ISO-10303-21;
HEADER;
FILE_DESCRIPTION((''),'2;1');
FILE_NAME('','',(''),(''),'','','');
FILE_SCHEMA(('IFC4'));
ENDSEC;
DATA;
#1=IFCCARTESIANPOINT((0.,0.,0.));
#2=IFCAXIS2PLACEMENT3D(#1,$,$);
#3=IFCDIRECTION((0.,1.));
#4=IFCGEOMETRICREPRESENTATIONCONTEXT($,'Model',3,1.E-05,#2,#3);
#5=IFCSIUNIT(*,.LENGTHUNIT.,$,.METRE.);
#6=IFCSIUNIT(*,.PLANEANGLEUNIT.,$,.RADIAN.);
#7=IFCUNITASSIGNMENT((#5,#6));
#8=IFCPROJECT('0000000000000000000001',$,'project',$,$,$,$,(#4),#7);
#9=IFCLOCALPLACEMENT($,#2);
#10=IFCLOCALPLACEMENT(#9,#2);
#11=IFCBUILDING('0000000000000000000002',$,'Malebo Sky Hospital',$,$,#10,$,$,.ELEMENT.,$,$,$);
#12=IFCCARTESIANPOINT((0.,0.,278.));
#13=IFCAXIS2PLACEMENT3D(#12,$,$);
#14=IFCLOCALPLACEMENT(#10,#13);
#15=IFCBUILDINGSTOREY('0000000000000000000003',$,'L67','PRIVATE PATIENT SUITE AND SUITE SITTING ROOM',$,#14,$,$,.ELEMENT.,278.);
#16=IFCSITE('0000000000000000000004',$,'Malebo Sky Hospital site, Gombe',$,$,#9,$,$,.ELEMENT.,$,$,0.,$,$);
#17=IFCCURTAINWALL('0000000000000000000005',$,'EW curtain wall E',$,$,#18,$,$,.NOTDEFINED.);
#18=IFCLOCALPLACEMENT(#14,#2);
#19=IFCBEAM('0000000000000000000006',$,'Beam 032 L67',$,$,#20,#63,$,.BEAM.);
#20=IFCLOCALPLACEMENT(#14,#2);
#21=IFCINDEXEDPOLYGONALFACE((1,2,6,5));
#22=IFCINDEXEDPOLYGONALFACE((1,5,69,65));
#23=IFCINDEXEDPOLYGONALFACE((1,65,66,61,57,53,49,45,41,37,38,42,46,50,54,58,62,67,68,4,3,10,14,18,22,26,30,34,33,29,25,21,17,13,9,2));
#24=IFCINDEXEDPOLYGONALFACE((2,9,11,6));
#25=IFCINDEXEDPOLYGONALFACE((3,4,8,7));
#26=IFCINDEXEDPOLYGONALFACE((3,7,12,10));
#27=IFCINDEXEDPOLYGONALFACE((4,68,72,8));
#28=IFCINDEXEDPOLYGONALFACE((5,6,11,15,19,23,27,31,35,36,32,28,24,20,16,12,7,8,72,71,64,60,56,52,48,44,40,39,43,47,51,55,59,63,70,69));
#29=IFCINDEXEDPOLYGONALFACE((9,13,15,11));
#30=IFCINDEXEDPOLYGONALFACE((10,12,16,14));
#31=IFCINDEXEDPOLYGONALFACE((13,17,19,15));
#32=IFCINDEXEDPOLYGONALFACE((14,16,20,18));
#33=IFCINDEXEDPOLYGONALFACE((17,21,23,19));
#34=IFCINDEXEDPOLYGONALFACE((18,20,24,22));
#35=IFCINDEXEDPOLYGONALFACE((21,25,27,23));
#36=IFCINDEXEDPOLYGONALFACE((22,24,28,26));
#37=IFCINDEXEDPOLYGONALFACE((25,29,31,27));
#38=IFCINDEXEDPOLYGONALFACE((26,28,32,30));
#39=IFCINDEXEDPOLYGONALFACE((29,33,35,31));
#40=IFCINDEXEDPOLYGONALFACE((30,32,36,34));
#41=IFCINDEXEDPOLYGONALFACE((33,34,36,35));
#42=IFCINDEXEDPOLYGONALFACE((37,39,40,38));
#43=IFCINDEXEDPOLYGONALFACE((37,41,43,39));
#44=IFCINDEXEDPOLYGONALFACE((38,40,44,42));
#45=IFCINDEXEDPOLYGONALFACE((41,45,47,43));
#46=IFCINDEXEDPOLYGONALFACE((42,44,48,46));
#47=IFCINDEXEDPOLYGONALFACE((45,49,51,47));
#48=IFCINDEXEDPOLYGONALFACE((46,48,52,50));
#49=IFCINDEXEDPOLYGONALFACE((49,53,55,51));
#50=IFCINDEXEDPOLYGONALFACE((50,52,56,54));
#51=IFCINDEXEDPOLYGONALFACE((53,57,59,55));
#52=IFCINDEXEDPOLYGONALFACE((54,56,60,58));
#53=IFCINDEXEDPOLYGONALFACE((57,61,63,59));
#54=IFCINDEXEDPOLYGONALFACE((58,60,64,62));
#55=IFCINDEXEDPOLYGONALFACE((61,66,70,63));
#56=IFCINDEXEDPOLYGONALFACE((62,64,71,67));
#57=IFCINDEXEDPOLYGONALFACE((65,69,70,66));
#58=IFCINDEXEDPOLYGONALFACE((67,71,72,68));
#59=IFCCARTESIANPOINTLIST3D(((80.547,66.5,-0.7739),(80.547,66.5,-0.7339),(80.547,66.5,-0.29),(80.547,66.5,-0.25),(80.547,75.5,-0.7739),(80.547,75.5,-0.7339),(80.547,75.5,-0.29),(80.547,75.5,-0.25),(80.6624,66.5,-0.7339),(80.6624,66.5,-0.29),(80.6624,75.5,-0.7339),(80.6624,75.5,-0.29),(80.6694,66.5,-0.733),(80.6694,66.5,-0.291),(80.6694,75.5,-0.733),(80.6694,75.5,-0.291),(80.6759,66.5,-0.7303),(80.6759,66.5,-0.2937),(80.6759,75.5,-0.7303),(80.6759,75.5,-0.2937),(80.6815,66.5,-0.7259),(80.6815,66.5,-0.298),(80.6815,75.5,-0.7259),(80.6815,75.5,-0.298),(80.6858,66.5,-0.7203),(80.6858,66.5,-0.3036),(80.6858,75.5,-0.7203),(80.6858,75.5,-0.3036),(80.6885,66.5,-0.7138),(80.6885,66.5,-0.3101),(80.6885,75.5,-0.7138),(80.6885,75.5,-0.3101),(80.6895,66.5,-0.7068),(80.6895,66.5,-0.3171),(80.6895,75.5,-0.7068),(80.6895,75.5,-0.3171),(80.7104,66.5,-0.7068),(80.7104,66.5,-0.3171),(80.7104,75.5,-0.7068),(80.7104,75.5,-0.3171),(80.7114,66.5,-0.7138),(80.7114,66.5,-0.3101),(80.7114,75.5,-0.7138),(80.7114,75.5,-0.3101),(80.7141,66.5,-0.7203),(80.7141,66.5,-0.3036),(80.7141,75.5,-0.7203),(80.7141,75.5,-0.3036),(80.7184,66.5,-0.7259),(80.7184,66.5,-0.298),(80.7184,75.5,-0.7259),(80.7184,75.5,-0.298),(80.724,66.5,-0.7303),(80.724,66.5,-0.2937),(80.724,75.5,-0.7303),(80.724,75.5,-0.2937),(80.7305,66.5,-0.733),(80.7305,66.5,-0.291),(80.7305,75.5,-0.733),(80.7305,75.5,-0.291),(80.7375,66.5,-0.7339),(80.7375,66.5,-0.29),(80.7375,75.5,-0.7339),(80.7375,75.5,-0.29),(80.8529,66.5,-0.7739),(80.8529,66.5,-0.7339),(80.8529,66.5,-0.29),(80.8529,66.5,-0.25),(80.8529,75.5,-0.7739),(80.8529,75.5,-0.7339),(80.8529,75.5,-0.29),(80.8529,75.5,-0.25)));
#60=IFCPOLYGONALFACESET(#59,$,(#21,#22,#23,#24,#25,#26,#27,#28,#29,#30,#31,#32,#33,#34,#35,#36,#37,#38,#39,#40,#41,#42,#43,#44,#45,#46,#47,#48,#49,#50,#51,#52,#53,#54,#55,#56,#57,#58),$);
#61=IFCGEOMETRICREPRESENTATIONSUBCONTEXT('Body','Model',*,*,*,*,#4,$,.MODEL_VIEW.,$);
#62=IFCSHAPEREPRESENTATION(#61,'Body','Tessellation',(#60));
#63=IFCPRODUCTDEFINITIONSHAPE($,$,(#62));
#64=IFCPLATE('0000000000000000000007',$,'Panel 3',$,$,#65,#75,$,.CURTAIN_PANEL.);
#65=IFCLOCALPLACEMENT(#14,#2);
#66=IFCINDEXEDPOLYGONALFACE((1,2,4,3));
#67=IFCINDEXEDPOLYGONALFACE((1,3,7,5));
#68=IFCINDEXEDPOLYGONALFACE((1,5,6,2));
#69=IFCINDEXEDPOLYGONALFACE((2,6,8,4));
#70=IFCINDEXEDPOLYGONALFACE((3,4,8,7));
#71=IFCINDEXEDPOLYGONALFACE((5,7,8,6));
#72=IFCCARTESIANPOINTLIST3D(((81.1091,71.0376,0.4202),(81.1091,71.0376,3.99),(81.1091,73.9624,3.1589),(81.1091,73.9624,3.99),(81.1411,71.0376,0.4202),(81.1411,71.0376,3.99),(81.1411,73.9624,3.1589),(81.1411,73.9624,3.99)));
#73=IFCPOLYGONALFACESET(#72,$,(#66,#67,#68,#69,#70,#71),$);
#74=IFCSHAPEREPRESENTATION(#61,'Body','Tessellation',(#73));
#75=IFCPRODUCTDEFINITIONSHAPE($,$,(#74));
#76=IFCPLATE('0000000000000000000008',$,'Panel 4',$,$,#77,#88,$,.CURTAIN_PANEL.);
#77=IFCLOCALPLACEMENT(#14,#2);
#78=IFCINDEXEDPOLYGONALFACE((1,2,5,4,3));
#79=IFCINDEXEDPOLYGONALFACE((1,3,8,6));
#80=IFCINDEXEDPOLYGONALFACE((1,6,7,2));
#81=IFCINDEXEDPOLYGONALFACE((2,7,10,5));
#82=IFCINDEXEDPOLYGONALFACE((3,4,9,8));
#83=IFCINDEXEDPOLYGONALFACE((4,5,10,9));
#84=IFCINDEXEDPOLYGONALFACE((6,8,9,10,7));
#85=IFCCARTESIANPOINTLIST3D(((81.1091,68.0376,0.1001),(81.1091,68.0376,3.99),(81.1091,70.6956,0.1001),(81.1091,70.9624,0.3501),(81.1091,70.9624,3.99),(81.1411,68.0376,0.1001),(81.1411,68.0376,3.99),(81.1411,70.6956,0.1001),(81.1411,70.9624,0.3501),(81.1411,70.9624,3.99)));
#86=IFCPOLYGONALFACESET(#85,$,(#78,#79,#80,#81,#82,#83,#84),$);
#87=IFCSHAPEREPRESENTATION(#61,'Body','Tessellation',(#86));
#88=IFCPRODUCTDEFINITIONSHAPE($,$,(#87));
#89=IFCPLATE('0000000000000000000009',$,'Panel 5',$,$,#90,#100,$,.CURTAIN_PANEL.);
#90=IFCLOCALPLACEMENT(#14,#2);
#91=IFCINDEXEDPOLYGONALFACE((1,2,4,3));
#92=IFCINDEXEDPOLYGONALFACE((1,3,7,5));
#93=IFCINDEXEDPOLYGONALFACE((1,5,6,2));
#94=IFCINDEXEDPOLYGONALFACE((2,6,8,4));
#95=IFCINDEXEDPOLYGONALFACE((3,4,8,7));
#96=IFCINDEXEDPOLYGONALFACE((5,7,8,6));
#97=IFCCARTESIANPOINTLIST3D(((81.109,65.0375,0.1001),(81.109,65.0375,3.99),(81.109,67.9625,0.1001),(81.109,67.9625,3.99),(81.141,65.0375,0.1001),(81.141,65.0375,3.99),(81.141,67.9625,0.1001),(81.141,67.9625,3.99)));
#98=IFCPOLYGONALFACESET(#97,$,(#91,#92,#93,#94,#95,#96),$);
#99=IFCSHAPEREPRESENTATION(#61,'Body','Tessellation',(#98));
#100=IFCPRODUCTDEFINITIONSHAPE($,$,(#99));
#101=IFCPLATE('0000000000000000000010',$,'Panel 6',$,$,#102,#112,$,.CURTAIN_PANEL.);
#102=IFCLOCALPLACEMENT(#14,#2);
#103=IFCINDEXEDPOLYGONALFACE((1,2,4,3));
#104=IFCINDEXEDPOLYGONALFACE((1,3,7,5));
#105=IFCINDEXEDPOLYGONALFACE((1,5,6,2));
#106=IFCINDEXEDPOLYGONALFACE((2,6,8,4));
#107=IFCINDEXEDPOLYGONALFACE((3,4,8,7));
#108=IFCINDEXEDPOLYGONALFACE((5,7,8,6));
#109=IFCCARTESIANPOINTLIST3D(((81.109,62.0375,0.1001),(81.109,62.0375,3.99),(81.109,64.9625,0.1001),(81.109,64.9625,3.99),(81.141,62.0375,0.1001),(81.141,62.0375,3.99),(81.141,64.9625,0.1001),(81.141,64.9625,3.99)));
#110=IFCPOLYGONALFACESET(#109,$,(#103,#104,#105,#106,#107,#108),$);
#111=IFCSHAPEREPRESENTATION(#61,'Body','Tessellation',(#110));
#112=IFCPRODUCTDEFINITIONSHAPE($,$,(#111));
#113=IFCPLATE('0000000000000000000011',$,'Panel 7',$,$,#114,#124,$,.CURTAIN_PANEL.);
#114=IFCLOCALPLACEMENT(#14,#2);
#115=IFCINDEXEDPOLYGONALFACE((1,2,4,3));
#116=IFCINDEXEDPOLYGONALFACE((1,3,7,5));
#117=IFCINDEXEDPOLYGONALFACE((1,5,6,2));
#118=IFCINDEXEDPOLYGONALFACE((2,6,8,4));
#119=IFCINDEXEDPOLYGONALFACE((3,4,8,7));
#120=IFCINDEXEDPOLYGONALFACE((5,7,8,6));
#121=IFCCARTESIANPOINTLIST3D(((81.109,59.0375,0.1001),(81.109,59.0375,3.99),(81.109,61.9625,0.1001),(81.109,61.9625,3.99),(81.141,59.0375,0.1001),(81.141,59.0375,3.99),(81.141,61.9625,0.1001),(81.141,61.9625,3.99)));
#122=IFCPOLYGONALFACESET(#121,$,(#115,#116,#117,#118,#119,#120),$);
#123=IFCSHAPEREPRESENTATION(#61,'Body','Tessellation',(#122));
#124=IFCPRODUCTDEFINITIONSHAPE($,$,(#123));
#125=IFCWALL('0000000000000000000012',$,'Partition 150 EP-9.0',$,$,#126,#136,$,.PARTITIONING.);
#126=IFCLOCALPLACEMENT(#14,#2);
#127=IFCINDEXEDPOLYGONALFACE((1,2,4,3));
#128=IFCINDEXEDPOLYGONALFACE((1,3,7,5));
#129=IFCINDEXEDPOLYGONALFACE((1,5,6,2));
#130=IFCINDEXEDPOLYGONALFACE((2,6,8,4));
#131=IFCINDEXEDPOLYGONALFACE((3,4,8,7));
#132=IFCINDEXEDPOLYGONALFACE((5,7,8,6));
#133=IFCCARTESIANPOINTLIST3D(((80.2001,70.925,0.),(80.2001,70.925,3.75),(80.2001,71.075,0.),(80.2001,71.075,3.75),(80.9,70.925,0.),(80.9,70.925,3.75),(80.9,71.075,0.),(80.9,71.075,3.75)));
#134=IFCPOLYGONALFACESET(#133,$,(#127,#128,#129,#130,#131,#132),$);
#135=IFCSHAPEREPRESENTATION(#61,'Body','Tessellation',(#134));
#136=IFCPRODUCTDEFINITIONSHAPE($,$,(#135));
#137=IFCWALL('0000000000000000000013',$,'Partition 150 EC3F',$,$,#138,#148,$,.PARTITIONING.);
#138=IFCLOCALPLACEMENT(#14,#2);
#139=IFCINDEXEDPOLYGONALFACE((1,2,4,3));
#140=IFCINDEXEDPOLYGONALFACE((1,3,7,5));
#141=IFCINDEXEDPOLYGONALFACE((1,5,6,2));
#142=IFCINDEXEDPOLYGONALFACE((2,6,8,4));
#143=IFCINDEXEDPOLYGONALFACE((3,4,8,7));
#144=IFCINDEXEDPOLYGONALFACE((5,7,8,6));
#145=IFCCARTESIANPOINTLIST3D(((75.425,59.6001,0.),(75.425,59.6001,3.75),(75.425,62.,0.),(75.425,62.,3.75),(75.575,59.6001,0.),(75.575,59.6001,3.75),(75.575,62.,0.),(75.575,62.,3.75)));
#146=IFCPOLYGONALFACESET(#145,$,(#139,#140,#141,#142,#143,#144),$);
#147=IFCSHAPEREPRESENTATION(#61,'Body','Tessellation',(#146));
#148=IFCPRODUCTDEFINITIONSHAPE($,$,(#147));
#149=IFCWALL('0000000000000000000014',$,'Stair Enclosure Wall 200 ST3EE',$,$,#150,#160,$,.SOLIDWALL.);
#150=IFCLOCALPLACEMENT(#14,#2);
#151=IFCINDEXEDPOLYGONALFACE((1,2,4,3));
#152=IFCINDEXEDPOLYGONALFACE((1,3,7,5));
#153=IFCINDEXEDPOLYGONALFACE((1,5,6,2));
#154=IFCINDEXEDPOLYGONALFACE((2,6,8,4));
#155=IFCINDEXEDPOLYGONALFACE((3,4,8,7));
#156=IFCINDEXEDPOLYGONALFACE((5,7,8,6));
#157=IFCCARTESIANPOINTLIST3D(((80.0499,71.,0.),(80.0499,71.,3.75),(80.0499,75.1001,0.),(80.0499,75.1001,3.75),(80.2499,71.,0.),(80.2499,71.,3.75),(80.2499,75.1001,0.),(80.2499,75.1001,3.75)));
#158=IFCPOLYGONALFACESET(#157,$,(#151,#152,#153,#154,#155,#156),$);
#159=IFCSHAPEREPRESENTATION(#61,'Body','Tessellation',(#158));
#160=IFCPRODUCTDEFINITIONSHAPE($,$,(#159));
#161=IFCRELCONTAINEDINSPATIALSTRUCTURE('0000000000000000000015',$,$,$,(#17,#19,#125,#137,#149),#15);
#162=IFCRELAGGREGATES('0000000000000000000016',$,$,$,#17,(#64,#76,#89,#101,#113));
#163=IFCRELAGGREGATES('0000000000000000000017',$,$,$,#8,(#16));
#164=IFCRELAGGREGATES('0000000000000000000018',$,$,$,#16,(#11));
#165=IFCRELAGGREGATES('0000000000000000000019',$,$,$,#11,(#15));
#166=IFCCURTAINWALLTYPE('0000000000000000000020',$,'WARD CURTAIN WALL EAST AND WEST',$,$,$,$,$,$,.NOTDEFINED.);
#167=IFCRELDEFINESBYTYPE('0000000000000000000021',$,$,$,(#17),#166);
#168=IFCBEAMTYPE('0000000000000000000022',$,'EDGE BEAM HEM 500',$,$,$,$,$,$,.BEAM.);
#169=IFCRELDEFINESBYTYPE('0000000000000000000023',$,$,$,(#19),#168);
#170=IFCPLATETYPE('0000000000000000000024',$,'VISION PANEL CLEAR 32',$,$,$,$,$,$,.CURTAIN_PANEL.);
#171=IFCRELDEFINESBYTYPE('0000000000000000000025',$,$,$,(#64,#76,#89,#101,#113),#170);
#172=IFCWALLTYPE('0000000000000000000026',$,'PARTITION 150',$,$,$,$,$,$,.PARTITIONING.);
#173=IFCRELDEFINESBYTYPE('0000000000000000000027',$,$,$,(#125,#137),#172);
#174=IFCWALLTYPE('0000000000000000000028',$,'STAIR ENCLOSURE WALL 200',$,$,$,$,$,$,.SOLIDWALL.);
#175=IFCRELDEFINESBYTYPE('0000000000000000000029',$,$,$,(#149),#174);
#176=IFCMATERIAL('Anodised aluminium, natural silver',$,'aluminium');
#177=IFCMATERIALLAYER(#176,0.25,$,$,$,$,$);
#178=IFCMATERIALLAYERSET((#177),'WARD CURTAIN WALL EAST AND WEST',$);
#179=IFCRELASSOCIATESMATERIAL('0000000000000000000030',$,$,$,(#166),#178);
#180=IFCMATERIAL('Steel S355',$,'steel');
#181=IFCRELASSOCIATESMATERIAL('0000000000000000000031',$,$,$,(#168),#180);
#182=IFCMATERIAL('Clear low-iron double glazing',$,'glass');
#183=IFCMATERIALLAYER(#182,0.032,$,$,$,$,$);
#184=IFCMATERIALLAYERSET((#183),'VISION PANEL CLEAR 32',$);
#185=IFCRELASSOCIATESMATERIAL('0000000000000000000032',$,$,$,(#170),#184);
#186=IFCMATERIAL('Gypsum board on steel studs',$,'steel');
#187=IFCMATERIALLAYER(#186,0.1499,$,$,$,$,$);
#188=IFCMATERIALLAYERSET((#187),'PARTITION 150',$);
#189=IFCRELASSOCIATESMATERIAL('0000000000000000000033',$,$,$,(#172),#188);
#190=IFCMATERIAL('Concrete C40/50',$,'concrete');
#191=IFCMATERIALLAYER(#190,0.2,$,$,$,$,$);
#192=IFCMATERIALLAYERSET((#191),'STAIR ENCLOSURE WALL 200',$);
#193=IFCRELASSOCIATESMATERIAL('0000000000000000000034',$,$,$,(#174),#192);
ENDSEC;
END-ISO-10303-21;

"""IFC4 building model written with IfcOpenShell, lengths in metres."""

from ifc_helpers import new_model, si_unit, direction, frame, frame_2d, origin, origin_2d, place, context, subcontext, project, spatial, polyline, rectangle, i_section, outline, extrude, material, layer, layer_set, material_profile, profile_set, type_object, element, aggregate, save


model = new_model("IFC4")

# Units and contexts
model_context = context("Model", 3, precision=1e-05, world=origin(), true_north=direction((0.0, 1.0)))
body_context = subcontext(model_context, "Body", "Model", "MODEL_VIEW")
ifc_project = project(units=[si_unit("LENGTHUNIT", "METRE"), si_unit("PLANEANGLEUNIT", "RADIAN")], contexts=[model_context])

# Site, building, storey
site_placement = place(None, origin())
site = spatial("IfcSite", under=ifc_project, at=site_placement, Name="Malebo Sky Hospital site, Gombe", CompositionType="ELEMENT", RefElevation=0.0)
building_placement = place(site_placement, origin())
building = spatial("IfcBuilding", under=site, at=building_placement, Name="Malebo Sky Hospital", CompositionType="ELEMENT")
storey_placement = place(building_placement, frame((0.0, 0.0, 278.0)))
storey = spatial("IfcBuildingStorey", under=building, at=storey_placement, Name="L67", Description="PRIVATE PATIENT SUITE AND SUITE SITTING ROOM", CompositionType="ELEMENT", Elevation=278.0)

# Curtain wall
ifc_material_1 = material(Name="Anodised aluminium, natural silver", Category="aluminium")
ifc_layer_1 = layer(ifc_material_1, 0.25)
ifc_layer_set_1 = layer_set([ifc_layer_1], Name="WARD CURTAIN WALL EAST AND WEST")
curtain_wall_type = type_object("IfcCurtainWallType", Name="WARD CURTAIN WALL EAST AND WEST", PredefinedType="NOTDEFINED", material=ifc_layer_set_1)
curtain_wall_placement = place(storey_placement, origin())
curtain_wall = element("IfcCurtainWall", 1, at=curtain_wall_placement, inside=storey, type_object=curtain_wall_type, Name="EW curtain wall E", PredefinedType="NOTDEFINED")

# Shared definitions
ifc_material_2 = material(Name="Steel S355", Category="steel")

# Beam
ifc_material_profile_1 = material_profile(ifc_material_2, i_section(OverallWidth=0.3059, OverallDepth=0.5239, WebThickness=0.021, FlangeThickness=0.04, FilletRadius=0.0271, at=origin_2d()), Name="HEM 500")
ifc_profile_set_1 = profile_set([ifc_material_profile_1], Name="Steel S355")
beam_type = type_object("IfcBeamType", Name="EDGE BEAM HEM 500", PredefinedType="BEAM", material=ifc_profile_set_1)
beam_placement = place(storey_placement, frame((80.7, 66.5, -0.512), z_axis=(0.0, 1.0, 0.0), x_axis=(-1.0, 0.0, 0.0)))
element("IfcBeam", 2, at=beam_placement, inside=storey, type_object=beam_type, Name="Beam 032 L67", PredefinedType="BEAM", context=body_context, shape_type="SweptSolid", body=[
    extrude(i_section(OverallWidth=0.3059, OverallDepth=0.5239, WebThickness=0.021, FlangeThickness=0.04, FilletRadius=0.0271, at=origin_2d()), origin(), (0.0, 0.0, 1.0), 9.0),
])

# Plates
ifc_material_3 = material(Name="Clear low-iron double glazing", Category="glass")
ifc_layer_2 = layer(ifc_material_3, 0.032)
ifc_layer_set_2 = layer_set([ifc_layer_2], Name="VISION PANEL CLEAR 32")
plate_type = type_object("IfcPlateType", Name="VISION PANEL CLEAR 32", PredefinedType="CURTAIN_PANEL", material=ifc_layer_set_2)
plate_1_placement = place(storey_placement, frame((81.125, 72.5, 0.4202), z_axis=(0.0, 0.0, 1.0), x_axis=(0.0, -1.0, 0.0)))
plate_1 = element("IfcPlate", 3, at=plate_1_placement, type_object=plate_type, Name="Panel 3", PredefinedType="CURTAIN_PANEL", context=body_context, shape_type="SweptSolid", body=[
    extrude(outline(polyline([(1.4624, 0.0), (1.4624, 3.5698), (-1.4624, 3.5698), (-1.4624, 2.7388), (1.4624, 0.0)])), frame((0.0, 0.0161, 0.0), z_axis=(0.0, -1.0, 0.0), x_axis=(1.0, 0.0, 0.0)), (0.0, 0.0, 1.0), 0.032),
])
plate_2_placement = place(storey_placement, frame((81.125, 69.5, 0.1001), z_axis=(0.0, 0.0, 1.0), x_axis=(0.0, -1.0, 0.0)))
plate_2 = element("IfcPlate", 4, at=plate_2_placement, type_object=plate_type, Name="Panel 4", PredefinedType="CURTAIN_PANEL", context=body_context, shape_type="SweptSolid", body=[
    extrude(outline(polyline([(-1.1956, 0.0), (1.4624, 0.0), (1.4624, 3.8899), (-1.4624, 3.8899), (-1.4624, 0.25), (-1.1956, 0.0)])), frame((0.0, 0.0161, 0.0), z_axis=(0.0, -1.0, 0.0), x_axis=(1.0, 0.0, 0.0)), (0.0, 0.0, 1.0), 0.032),
])
plate_3_placement = place(storey_placement, frame((81.125, 66.5, 0.1001), z_axis=(0.0, 0.0, 1.0), x_axis=(0.0, -1.0, 0.0)))
plate_3 = element("IfcPlate", 5, at=plate_3_placement, type_object=plate_type, Name="Panel 5", PredefinedType="CURTAIN_PANEL", context=body_context, shape_type="SweptSolid", body=[
    extrude(rectangle(XDim=2.925, YDim=0.032, at=origin_2d()), origin(), (0.0, 0.0, 1.0), 3.8899),
])
plate_4_placement = place(storey_placement, frame((81.125, 63.5, 0.1001), z_axis=(0.0, 0.0, 1.0), x_axis=(0.0, -1.0, 0.0)))
plate_4 = element("IfcPlate", 6, at=plate_4_placement, type_object=plate_type, Name="Panel 6", PredefinedType="CURTAIN_PANEL", context=body_context, shape_type="SweptSolid", body=[
    extrude(rectangle(XDim=2.925, YDim=0.032, at=origin_2d()), origin(), (0.0, 0.0, 1.0), 3.8899),
])
plate_5_placement = place(storey_placement, frame((81.125, 60.5, 0.1001), z_axis=(0.0, 0.0, 1.0), x_axis=(0.0, -1.0, 0.0)))
plate_5 = element("IfcPlate", 7, at=plate_5_placement, type_object=plate_type, Name="Panel 7", PredefinedType="CURTAIN_PANEL", context=body_context, shape_type="SweptSolid", body=[
    extrude(rectangle(XDim=2.925, YDim=0.032, at=origin_2d()), origin(), (0.0, 0.0, 1.0), 3.8899),
])
aggregate(curtain_wall, [plate_1, plate_2, plate_3, plate_4, plate_5])

# Walls
ifc_material_4 = material(Name="Gypsum board on steel studs", Category="steel")
ifc_layer_3 = layer(ifc_material_4, 0.1499)
ifc_layer_set_3 = layer_set([ifc_layer_3], Name="PARTITION 150")
wall_type_1 = type_object("IfcWallType", Name="PARTITION 150", PredefinedType="PARTITIONING", material=ifc_layer_set_3)
wall_1_placement = place(storey_placement, frame((80.2, 71.0, 0.0), z_axis=(0.0, 0.0, 1.0), x_axis=(1.0, 0.0, 0.0)))
element("IfcWall", 8, at=wall_1_placement, inside=storey, type_object=wall_type_1, Name="Partition 150 EP-9.0", PredefinedType="PARTITIONING", context=body_context, shape_type="SweptSolid", body=[
    extrude(rectangle(XDim=0.7, YDim=0.1499, at=frame_2d((0.3501, 0.0))), origin(), (0.0, 0.0, 1.0), 3.75),
])
wall_2_placement = place(storey_placement, frame((75.5, 62.0, 0.0), z_axis=(0.0, 0.0, 1.0), x_axis=(0.0, -1.0, 0.0)))
element("IfcWall", 9, at=wall_2_placement, inside=storey, type_object=wall_type_1, Name="Partition 150 EC3F", PredefinedType="PARTITIONING", context=body_context, shape_type="SweptSolid", body=[
    extrude(rectangle(XDim=2.3999, YDim=0.1499, at=frame_2d((1.2, 0.0))), origin(), (0.0, 0.0, 1.0), 3.75),
])
ifc_material_5 = material(Name="Concrete C40/50", Category="concrete")
ifc_layer_4 = layer(ifc_material_5, 0.2)
ifc_layer_set_4 = layer_set([ifc_layer_4], Name="STAIR ENCLOSURE WALL 200")
wall_type_2 = type_object("IfcWallType", Name="STAIR ENCLOSURE WALL 200", PredefinedType="SOLIDWALL", material=ifc_layer_set_4)
wall_3_placement = place(storey_placement, frame((80.1499, 71.0, 0.0), z_axis=(0.0, 0.0, 1.0), x_axis=(0.0, 1.0, 0.0)))
element("IfcWall", 10, at=wall_3_placement, inside=storey, type_object=wall_type_2, Name="Stair Enclosure Wall 200 ST3EE", PredefinedType="SOLIDWALL", context=body_context, shape_type="SweptSolid", body=[
    extrude(rectangle(XDim=4.1001, YDim=0.2, at=frame_2d((2.05, 0.0))), origin(), (0.0, 0.0, 1.0), 3.75),
])

save(model, "model.ifc")
